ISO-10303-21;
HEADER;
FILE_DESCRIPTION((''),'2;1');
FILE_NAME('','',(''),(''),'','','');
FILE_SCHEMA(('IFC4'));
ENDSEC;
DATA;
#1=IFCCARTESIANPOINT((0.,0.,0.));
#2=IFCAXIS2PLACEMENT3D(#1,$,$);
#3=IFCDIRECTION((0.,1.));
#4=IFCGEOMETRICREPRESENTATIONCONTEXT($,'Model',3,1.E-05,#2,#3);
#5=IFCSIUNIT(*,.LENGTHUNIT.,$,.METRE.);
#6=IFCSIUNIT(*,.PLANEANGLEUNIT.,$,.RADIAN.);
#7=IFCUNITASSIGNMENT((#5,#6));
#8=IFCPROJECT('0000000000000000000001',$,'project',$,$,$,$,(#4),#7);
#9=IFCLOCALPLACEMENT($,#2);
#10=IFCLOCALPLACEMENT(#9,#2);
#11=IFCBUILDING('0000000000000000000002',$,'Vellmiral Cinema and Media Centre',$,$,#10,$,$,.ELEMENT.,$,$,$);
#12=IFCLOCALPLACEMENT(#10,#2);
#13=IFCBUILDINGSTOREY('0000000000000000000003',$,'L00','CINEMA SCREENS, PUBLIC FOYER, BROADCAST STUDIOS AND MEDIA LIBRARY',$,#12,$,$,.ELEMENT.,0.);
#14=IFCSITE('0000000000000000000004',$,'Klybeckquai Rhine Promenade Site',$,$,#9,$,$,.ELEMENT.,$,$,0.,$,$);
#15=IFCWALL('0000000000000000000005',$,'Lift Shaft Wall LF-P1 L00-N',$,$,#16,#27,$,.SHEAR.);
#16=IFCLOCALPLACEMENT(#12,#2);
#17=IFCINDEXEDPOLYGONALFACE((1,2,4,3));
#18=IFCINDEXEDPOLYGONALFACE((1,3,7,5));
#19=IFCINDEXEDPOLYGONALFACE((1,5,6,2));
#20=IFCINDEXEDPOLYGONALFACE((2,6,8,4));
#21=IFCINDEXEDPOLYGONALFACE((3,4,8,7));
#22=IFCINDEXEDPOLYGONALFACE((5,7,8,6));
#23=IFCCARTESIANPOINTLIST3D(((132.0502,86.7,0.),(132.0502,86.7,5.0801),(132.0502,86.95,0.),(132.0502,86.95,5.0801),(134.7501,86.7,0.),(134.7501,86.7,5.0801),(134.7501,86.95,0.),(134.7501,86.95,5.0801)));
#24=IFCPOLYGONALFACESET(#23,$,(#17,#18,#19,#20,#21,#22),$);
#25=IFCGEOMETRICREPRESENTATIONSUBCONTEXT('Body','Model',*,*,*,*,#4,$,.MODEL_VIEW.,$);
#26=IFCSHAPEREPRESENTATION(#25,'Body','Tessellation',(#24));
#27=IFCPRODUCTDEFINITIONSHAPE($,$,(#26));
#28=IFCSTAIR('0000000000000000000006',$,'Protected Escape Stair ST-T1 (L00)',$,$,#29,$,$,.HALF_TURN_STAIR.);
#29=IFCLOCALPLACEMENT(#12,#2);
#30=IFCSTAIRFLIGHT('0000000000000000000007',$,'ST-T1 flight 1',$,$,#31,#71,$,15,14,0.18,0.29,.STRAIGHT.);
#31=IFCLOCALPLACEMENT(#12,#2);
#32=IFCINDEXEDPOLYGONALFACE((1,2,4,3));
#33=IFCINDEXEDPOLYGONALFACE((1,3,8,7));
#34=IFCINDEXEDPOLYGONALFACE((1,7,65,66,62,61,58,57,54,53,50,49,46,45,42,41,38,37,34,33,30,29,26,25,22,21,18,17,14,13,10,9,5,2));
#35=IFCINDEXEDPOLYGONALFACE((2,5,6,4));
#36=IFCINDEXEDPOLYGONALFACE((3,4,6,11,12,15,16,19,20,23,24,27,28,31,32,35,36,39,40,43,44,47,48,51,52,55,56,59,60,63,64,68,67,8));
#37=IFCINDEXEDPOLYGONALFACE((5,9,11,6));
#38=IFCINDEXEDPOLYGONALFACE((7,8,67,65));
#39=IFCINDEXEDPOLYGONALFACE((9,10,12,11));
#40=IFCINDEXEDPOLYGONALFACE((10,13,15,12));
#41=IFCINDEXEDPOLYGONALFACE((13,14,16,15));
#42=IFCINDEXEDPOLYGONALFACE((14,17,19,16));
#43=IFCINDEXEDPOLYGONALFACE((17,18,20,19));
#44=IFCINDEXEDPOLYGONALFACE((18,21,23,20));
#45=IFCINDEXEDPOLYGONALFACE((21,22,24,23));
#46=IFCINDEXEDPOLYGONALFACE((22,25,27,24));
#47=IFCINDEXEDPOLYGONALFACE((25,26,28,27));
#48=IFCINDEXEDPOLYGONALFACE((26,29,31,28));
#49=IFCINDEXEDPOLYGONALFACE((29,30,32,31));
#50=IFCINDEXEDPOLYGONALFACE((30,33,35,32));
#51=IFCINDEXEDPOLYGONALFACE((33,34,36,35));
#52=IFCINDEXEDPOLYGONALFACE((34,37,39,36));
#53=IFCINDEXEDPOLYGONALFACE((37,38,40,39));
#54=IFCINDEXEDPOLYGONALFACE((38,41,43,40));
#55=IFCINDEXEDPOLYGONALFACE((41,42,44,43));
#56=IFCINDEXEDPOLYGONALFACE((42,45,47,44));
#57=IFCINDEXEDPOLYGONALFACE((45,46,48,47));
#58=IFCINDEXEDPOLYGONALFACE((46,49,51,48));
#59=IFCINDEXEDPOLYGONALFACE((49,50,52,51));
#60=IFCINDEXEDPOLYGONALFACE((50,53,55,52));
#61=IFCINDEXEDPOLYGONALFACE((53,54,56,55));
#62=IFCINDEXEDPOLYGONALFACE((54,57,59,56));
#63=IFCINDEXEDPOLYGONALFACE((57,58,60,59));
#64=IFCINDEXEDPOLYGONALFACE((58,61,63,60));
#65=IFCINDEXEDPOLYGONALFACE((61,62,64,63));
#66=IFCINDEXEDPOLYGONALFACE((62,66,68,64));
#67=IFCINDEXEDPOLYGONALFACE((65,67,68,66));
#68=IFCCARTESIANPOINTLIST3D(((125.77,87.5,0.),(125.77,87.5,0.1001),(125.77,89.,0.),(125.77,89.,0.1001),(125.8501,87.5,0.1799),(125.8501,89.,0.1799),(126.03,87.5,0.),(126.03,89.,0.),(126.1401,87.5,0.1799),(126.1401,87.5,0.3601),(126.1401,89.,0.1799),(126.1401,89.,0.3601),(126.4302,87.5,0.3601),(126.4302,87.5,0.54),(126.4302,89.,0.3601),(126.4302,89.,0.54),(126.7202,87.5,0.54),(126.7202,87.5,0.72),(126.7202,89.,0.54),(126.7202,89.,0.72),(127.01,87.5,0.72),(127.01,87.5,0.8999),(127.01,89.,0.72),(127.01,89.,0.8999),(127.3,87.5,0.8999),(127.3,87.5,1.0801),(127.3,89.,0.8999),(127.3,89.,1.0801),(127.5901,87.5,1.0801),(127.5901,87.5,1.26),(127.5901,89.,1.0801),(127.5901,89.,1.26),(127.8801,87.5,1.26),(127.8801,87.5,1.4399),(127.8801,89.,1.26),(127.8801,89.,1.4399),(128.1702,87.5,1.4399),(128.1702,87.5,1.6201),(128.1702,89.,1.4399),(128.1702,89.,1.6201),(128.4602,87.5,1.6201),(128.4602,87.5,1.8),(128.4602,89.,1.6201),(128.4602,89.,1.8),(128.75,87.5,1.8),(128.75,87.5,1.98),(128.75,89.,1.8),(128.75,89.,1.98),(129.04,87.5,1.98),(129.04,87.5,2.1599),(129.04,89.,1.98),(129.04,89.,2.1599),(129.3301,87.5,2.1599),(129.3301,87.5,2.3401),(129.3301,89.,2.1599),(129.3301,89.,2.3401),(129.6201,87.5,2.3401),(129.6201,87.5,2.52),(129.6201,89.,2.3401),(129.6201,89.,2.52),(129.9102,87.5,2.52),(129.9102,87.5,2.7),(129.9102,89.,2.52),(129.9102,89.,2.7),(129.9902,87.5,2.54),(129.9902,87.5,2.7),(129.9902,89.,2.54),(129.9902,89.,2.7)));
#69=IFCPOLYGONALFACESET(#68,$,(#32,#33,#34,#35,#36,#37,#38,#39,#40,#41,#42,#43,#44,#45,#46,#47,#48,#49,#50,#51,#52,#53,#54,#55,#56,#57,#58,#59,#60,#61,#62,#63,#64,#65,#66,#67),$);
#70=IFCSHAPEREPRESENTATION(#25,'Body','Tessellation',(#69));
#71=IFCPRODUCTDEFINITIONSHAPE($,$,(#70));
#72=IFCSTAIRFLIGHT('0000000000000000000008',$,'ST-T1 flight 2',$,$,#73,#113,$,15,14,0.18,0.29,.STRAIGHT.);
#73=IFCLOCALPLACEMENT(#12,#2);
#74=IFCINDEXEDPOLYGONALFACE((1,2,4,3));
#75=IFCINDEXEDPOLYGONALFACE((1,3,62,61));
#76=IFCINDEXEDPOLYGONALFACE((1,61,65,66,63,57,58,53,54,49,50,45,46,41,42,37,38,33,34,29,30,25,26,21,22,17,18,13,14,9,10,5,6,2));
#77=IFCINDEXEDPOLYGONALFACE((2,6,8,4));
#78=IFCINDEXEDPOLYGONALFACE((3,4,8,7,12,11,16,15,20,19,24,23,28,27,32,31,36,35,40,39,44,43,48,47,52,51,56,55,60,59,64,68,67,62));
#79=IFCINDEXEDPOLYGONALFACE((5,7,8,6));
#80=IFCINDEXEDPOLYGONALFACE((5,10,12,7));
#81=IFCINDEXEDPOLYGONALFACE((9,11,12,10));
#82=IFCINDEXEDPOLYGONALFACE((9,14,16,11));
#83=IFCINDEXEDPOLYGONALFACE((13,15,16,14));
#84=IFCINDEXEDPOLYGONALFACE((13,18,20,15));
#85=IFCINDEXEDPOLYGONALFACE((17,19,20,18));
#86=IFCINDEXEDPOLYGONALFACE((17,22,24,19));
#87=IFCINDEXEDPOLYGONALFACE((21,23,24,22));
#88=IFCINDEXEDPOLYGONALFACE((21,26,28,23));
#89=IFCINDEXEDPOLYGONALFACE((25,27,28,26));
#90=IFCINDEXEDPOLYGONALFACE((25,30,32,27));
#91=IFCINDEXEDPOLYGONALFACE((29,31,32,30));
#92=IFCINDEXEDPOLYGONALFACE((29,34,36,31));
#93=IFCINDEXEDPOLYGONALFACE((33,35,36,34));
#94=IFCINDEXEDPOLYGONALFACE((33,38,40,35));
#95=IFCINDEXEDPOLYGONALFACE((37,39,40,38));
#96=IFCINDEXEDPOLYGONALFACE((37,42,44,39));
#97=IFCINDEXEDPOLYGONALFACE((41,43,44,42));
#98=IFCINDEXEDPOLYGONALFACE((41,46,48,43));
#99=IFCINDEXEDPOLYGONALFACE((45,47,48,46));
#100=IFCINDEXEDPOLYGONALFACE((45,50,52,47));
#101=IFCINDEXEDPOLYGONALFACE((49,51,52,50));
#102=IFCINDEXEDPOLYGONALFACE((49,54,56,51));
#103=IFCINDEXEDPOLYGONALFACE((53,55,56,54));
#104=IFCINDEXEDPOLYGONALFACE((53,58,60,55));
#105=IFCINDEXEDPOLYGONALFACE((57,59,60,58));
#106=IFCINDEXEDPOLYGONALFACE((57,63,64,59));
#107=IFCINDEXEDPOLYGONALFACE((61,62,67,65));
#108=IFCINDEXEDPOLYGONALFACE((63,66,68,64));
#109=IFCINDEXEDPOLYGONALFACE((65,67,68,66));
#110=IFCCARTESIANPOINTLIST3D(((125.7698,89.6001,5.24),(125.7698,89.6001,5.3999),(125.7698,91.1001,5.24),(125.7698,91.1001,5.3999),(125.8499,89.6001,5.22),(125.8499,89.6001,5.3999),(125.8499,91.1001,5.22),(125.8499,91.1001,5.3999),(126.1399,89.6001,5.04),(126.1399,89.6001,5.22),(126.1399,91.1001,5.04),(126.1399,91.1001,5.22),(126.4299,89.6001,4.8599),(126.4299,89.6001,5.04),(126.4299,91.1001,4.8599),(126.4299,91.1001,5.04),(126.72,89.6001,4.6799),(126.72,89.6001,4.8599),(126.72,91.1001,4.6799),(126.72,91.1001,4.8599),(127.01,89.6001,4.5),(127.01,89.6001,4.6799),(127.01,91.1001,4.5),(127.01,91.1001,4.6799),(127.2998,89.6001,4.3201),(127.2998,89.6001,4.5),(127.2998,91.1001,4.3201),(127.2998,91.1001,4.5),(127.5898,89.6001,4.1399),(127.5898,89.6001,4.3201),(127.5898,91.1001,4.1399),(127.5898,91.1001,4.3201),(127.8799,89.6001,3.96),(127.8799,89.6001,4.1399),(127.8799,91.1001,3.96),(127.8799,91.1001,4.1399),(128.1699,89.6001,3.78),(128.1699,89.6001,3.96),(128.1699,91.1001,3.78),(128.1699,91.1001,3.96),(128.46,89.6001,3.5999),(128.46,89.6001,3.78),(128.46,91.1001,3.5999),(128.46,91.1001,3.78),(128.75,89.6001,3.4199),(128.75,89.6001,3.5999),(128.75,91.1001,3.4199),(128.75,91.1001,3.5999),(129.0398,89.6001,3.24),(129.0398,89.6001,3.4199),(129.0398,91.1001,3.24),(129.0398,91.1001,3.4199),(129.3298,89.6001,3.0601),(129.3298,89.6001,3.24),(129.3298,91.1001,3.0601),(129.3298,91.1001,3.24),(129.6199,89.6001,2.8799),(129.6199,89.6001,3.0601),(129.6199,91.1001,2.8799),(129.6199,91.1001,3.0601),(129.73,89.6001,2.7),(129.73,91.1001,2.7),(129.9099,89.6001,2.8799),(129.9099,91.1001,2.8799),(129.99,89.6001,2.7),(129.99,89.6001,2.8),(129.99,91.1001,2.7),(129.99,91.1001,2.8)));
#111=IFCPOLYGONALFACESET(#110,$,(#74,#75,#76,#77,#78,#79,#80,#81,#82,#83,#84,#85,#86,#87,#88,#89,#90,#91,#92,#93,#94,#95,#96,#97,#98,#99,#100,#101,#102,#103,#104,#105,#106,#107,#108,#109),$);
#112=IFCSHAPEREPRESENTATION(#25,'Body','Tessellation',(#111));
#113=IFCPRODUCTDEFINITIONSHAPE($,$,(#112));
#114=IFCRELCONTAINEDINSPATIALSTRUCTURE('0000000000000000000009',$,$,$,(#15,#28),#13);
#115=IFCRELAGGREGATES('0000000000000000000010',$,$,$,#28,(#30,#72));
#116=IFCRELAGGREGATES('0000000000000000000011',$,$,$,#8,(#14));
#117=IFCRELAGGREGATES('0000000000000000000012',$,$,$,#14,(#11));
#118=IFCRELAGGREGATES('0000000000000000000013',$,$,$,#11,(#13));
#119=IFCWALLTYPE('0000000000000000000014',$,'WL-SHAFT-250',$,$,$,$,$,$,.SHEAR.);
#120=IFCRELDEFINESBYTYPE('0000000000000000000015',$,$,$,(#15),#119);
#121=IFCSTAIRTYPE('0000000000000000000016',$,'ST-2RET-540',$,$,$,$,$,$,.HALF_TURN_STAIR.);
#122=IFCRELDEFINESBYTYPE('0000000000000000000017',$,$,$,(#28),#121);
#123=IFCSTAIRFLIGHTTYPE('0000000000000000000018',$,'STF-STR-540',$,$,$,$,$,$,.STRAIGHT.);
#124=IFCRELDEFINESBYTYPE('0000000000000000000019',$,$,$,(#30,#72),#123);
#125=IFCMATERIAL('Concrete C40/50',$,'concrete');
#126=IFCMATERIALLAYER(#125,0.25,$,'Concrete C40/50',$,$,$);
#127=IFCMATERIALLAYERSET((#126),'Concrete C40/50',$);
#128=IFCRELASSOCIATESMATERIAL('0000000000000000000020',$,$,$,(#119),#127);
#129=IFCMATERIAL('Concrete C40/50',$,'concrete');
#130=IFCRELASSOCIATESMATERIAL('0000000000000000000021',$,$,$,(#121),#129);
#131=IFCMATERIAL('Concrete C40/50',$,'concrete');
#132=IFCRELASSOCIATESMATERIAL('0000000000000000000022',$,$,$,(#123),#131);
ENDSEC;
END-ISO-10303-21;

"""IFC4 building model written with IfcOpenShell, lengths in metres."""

from ifc_helpers import new_model, si_unit, direction, frame, frame_2d, origin, place, context, subcontext, project, spatial, polyline, rectangle, outline, extrude, material, layer, layer_set, type_object, element, aggregate, save


model = new_model("IFC4")

# Units and contexts
model_context = context("Model", 3, precision=1e-05, world=origin(), true_north=direction((0.0, 1.0)))
body_context = subcontext(model_context, "Body", "Model", "MODEL_VIEW")
ifc_project = project(units=[si_unit("LENGTHUNIT", "METRE"), si_unit("PLANEANGLEUNIT", "RADIAN")], contexts=[model_context])

# Site, building, storey
site_placement = place(None, origin())
site = spatial("IfcSite", under=ifc_project, at=site_placement, Name="Klybeckquai Rhine Promenade Site", CompositionType="ELEMENT", RefElevation=0.0)
building_placement = place(site_placement, origin())
building = spatial("IfcBuilding", under=site, at=building_placement, Name="Vellmiral Cinema and Media Centre", CompositionType="ELEMENT")
storey_placement = place(building_placement, origin())
storey = spatial("IfcBuildingStorey", under=building, at=storey_placement, Name="L00", Description="CINEMA SCREENS, PUBLIC FOYER, BROADCAST STUDIOS AND MEDIA LIBRARY", CompositionType="ELEMENT", Elevation=0.0)

# Shared definitions
ifc_material_1 = material(Name="Concrete C40/50", Category="concrete")
ifc_layer_1 = layer(ifc_material_1, 0.25, Name="Concrete C40/50")
ifc_layer_set_1 = layer_set([ifc_layer_1], Name="Concrete C40/50")
wall_type_1 = type_object("IfcWallType", Name="WL-SHAFT-250", PredefinedType="SHEAR", material=ifc_layer_set_1)

# Wall
wall_1_placement = place(storey_placement, frame((132.05, 86.825, 0.0), z_axis=(0.0, 0.0, 1.0), x_axis=(1.0, 0.0, 0.0)))
element("IfcWall", 1, at=wall_1_placement, inside=storey, type_object=wall_type_1, Name="Lift Shaft Wall LF-P1 L00-N", PredefinedType="SHEAR", context=body_context, shape_type="SweptSolid", body=[
    extrude(rectangle(XDim=2.7, YDim=0.25, at=frame_2d((1.3501, 0.0))), origin(), (0.0, 0.0, 1.0), 5.0801),
])

# Stair, stair flights
ifc_material_2 = material(Name="Concrete C40/50", Category="concrete")
stair_type = type_object("IfcStairType", Name="ST-2RET-540", PredefinedType="HALF_TURN_STAIR", material=ifc_material_2)
stair_placement = place(storey_placement, origin())
stair = element("IfcStair", 2, at=stair_placement, inside=storey, type_object=stair_type, Name="Protected Escape Stair ST-T1 (L00)", PredefinedType="HALF_TURN_STAIR")
ifc_material_3 = material(Name="Concrete C40/50", Category="concrete")
stair_flight_type = type_object("IfcStairFlightType", Name="STF-STR-540", PredefinedType="STRAIGHT", material=ifc_material_3)
stair_flight_1_placement = place(storey_placement, frame((125.8501, 88.25, 0.0), z_axis=(0.0, 0.0, 1.0), x_axis=(1.0, 0.0, 0.0)))
stair_flight_1 = element("IfcStairFlight", 3, at=stair_flight_1_placement, type_object=stair_flight_type, Name="ST-T1 flight 1", NumberOfRisers=15, NumberOfTreads=14, PredefinedType="STRAIGHT", RiserHeight=0.18, TreadLength=0.29, context=body_context, shape_type="SweptSolid", body=[
    extrude(outline(polyline([(-0.0801, 0.0), (-0.0801, 0.1001), (0.0, 0.1799), (0.29, 0.1799), (0.29, 0.3601), (0.5801, 0.3601), (0.5801, 0.54), (0.8701, 0.54), (0.8701, 0.72), (1.1599, 0.72), (1.1599, 0.8999), (1.45, 0.8999), (1.45, 1.0801), (1.74, 1.0801), (1.74, 1.26), (2.03, 1.26), (2.03, 1.4399), (2.3201, 1.4399), (2.3201, 1.6201), (2.6101, 1.6201), (2.6101, 1.8), (2.8999, 1.8), (2.8999, 1.98), (3.1899, 1.98), (3.1899, 2.1599), (3.48, 2.1599), (3.48, 2.3401), (3.77, 2.3401), (3.77, 2.52), (4.0601, 2.52), (4.0601, 2.7), (4.1401, 2.7), (4.1401, 2.54), (0.1799, 0.0), (-0.0801, 0.0)])), frame((0.0, 0.75, 0.0), z_axis=(0.0, -1.0, 0.0), x_axis=(1.0, 0.0, 0.0)), (0.0, 0.0, 1.0), 1.5),
])
stair_flight_2_placement = place(storey_placement, frame((129.9099, 90.3501, 2.7), z_axis=(0.0, 0.0, 1.0), x_axis=(-1.0, 0.0, 0.0)))
stair_flight_2 = element("IfcStairFlight", 4, at=stair_flight_2_placement, type_object=stair_flight_type, Name="ST-T1 flight 2", NumberOfRisers=15, NumberOfTreads=14, PredefinedType="STRAIGHT", RiserHeight=0.18, TreadLength=0.29, context=body_context, shape_type="SweptSolid", body=[
    extrude(outline(polyline([(-0.0801, 0.0), (-0.0801, 0.1001), (0.0, 0.1799), (0.29, 0.1799), (0.29, 0.3601), (0.5801, 0.3601), (0.5801, 0.54), (0.8701, 0.54), (0.8701, 0.72), (1.1599, 0.72), (1.1599, 0.8999), (1.45, 0.8999), (1.45, 1.0801), (1.74, 1.0801), (1.74, 1.26), (2.03, 1.26), (2.03, 1.4399), (2.3201, 1.4399), (2.3201, 1.6201), (2.6101, 1.6201), (2.6101, 1.8), (2.8999, 1.8), (2.8999, 1.98), (3.1899, 1.98), (3.1899, 2.1599), (3.48, 2.1599), (3.48, 2.3401), (3.77, 2.3401), (3.77, 2.52), (4.0601, 2.52), (4.0601, 2.7), (4.1401, 2.7), (4.1401, 2.54), (0.1799, 0.0), (-0.0801, 0.0)])), frame((0.0, 0.75, 0.0), z_axis=(0.0, -1.0, 0.0), x_axis=(1.0, 0.0, 0.0)), (0.0, 0.0, 1.0), 1.5),
])
aggregate(stair, [stair_flight_1, stair_flight_2])

save(model, "model.ifc")
